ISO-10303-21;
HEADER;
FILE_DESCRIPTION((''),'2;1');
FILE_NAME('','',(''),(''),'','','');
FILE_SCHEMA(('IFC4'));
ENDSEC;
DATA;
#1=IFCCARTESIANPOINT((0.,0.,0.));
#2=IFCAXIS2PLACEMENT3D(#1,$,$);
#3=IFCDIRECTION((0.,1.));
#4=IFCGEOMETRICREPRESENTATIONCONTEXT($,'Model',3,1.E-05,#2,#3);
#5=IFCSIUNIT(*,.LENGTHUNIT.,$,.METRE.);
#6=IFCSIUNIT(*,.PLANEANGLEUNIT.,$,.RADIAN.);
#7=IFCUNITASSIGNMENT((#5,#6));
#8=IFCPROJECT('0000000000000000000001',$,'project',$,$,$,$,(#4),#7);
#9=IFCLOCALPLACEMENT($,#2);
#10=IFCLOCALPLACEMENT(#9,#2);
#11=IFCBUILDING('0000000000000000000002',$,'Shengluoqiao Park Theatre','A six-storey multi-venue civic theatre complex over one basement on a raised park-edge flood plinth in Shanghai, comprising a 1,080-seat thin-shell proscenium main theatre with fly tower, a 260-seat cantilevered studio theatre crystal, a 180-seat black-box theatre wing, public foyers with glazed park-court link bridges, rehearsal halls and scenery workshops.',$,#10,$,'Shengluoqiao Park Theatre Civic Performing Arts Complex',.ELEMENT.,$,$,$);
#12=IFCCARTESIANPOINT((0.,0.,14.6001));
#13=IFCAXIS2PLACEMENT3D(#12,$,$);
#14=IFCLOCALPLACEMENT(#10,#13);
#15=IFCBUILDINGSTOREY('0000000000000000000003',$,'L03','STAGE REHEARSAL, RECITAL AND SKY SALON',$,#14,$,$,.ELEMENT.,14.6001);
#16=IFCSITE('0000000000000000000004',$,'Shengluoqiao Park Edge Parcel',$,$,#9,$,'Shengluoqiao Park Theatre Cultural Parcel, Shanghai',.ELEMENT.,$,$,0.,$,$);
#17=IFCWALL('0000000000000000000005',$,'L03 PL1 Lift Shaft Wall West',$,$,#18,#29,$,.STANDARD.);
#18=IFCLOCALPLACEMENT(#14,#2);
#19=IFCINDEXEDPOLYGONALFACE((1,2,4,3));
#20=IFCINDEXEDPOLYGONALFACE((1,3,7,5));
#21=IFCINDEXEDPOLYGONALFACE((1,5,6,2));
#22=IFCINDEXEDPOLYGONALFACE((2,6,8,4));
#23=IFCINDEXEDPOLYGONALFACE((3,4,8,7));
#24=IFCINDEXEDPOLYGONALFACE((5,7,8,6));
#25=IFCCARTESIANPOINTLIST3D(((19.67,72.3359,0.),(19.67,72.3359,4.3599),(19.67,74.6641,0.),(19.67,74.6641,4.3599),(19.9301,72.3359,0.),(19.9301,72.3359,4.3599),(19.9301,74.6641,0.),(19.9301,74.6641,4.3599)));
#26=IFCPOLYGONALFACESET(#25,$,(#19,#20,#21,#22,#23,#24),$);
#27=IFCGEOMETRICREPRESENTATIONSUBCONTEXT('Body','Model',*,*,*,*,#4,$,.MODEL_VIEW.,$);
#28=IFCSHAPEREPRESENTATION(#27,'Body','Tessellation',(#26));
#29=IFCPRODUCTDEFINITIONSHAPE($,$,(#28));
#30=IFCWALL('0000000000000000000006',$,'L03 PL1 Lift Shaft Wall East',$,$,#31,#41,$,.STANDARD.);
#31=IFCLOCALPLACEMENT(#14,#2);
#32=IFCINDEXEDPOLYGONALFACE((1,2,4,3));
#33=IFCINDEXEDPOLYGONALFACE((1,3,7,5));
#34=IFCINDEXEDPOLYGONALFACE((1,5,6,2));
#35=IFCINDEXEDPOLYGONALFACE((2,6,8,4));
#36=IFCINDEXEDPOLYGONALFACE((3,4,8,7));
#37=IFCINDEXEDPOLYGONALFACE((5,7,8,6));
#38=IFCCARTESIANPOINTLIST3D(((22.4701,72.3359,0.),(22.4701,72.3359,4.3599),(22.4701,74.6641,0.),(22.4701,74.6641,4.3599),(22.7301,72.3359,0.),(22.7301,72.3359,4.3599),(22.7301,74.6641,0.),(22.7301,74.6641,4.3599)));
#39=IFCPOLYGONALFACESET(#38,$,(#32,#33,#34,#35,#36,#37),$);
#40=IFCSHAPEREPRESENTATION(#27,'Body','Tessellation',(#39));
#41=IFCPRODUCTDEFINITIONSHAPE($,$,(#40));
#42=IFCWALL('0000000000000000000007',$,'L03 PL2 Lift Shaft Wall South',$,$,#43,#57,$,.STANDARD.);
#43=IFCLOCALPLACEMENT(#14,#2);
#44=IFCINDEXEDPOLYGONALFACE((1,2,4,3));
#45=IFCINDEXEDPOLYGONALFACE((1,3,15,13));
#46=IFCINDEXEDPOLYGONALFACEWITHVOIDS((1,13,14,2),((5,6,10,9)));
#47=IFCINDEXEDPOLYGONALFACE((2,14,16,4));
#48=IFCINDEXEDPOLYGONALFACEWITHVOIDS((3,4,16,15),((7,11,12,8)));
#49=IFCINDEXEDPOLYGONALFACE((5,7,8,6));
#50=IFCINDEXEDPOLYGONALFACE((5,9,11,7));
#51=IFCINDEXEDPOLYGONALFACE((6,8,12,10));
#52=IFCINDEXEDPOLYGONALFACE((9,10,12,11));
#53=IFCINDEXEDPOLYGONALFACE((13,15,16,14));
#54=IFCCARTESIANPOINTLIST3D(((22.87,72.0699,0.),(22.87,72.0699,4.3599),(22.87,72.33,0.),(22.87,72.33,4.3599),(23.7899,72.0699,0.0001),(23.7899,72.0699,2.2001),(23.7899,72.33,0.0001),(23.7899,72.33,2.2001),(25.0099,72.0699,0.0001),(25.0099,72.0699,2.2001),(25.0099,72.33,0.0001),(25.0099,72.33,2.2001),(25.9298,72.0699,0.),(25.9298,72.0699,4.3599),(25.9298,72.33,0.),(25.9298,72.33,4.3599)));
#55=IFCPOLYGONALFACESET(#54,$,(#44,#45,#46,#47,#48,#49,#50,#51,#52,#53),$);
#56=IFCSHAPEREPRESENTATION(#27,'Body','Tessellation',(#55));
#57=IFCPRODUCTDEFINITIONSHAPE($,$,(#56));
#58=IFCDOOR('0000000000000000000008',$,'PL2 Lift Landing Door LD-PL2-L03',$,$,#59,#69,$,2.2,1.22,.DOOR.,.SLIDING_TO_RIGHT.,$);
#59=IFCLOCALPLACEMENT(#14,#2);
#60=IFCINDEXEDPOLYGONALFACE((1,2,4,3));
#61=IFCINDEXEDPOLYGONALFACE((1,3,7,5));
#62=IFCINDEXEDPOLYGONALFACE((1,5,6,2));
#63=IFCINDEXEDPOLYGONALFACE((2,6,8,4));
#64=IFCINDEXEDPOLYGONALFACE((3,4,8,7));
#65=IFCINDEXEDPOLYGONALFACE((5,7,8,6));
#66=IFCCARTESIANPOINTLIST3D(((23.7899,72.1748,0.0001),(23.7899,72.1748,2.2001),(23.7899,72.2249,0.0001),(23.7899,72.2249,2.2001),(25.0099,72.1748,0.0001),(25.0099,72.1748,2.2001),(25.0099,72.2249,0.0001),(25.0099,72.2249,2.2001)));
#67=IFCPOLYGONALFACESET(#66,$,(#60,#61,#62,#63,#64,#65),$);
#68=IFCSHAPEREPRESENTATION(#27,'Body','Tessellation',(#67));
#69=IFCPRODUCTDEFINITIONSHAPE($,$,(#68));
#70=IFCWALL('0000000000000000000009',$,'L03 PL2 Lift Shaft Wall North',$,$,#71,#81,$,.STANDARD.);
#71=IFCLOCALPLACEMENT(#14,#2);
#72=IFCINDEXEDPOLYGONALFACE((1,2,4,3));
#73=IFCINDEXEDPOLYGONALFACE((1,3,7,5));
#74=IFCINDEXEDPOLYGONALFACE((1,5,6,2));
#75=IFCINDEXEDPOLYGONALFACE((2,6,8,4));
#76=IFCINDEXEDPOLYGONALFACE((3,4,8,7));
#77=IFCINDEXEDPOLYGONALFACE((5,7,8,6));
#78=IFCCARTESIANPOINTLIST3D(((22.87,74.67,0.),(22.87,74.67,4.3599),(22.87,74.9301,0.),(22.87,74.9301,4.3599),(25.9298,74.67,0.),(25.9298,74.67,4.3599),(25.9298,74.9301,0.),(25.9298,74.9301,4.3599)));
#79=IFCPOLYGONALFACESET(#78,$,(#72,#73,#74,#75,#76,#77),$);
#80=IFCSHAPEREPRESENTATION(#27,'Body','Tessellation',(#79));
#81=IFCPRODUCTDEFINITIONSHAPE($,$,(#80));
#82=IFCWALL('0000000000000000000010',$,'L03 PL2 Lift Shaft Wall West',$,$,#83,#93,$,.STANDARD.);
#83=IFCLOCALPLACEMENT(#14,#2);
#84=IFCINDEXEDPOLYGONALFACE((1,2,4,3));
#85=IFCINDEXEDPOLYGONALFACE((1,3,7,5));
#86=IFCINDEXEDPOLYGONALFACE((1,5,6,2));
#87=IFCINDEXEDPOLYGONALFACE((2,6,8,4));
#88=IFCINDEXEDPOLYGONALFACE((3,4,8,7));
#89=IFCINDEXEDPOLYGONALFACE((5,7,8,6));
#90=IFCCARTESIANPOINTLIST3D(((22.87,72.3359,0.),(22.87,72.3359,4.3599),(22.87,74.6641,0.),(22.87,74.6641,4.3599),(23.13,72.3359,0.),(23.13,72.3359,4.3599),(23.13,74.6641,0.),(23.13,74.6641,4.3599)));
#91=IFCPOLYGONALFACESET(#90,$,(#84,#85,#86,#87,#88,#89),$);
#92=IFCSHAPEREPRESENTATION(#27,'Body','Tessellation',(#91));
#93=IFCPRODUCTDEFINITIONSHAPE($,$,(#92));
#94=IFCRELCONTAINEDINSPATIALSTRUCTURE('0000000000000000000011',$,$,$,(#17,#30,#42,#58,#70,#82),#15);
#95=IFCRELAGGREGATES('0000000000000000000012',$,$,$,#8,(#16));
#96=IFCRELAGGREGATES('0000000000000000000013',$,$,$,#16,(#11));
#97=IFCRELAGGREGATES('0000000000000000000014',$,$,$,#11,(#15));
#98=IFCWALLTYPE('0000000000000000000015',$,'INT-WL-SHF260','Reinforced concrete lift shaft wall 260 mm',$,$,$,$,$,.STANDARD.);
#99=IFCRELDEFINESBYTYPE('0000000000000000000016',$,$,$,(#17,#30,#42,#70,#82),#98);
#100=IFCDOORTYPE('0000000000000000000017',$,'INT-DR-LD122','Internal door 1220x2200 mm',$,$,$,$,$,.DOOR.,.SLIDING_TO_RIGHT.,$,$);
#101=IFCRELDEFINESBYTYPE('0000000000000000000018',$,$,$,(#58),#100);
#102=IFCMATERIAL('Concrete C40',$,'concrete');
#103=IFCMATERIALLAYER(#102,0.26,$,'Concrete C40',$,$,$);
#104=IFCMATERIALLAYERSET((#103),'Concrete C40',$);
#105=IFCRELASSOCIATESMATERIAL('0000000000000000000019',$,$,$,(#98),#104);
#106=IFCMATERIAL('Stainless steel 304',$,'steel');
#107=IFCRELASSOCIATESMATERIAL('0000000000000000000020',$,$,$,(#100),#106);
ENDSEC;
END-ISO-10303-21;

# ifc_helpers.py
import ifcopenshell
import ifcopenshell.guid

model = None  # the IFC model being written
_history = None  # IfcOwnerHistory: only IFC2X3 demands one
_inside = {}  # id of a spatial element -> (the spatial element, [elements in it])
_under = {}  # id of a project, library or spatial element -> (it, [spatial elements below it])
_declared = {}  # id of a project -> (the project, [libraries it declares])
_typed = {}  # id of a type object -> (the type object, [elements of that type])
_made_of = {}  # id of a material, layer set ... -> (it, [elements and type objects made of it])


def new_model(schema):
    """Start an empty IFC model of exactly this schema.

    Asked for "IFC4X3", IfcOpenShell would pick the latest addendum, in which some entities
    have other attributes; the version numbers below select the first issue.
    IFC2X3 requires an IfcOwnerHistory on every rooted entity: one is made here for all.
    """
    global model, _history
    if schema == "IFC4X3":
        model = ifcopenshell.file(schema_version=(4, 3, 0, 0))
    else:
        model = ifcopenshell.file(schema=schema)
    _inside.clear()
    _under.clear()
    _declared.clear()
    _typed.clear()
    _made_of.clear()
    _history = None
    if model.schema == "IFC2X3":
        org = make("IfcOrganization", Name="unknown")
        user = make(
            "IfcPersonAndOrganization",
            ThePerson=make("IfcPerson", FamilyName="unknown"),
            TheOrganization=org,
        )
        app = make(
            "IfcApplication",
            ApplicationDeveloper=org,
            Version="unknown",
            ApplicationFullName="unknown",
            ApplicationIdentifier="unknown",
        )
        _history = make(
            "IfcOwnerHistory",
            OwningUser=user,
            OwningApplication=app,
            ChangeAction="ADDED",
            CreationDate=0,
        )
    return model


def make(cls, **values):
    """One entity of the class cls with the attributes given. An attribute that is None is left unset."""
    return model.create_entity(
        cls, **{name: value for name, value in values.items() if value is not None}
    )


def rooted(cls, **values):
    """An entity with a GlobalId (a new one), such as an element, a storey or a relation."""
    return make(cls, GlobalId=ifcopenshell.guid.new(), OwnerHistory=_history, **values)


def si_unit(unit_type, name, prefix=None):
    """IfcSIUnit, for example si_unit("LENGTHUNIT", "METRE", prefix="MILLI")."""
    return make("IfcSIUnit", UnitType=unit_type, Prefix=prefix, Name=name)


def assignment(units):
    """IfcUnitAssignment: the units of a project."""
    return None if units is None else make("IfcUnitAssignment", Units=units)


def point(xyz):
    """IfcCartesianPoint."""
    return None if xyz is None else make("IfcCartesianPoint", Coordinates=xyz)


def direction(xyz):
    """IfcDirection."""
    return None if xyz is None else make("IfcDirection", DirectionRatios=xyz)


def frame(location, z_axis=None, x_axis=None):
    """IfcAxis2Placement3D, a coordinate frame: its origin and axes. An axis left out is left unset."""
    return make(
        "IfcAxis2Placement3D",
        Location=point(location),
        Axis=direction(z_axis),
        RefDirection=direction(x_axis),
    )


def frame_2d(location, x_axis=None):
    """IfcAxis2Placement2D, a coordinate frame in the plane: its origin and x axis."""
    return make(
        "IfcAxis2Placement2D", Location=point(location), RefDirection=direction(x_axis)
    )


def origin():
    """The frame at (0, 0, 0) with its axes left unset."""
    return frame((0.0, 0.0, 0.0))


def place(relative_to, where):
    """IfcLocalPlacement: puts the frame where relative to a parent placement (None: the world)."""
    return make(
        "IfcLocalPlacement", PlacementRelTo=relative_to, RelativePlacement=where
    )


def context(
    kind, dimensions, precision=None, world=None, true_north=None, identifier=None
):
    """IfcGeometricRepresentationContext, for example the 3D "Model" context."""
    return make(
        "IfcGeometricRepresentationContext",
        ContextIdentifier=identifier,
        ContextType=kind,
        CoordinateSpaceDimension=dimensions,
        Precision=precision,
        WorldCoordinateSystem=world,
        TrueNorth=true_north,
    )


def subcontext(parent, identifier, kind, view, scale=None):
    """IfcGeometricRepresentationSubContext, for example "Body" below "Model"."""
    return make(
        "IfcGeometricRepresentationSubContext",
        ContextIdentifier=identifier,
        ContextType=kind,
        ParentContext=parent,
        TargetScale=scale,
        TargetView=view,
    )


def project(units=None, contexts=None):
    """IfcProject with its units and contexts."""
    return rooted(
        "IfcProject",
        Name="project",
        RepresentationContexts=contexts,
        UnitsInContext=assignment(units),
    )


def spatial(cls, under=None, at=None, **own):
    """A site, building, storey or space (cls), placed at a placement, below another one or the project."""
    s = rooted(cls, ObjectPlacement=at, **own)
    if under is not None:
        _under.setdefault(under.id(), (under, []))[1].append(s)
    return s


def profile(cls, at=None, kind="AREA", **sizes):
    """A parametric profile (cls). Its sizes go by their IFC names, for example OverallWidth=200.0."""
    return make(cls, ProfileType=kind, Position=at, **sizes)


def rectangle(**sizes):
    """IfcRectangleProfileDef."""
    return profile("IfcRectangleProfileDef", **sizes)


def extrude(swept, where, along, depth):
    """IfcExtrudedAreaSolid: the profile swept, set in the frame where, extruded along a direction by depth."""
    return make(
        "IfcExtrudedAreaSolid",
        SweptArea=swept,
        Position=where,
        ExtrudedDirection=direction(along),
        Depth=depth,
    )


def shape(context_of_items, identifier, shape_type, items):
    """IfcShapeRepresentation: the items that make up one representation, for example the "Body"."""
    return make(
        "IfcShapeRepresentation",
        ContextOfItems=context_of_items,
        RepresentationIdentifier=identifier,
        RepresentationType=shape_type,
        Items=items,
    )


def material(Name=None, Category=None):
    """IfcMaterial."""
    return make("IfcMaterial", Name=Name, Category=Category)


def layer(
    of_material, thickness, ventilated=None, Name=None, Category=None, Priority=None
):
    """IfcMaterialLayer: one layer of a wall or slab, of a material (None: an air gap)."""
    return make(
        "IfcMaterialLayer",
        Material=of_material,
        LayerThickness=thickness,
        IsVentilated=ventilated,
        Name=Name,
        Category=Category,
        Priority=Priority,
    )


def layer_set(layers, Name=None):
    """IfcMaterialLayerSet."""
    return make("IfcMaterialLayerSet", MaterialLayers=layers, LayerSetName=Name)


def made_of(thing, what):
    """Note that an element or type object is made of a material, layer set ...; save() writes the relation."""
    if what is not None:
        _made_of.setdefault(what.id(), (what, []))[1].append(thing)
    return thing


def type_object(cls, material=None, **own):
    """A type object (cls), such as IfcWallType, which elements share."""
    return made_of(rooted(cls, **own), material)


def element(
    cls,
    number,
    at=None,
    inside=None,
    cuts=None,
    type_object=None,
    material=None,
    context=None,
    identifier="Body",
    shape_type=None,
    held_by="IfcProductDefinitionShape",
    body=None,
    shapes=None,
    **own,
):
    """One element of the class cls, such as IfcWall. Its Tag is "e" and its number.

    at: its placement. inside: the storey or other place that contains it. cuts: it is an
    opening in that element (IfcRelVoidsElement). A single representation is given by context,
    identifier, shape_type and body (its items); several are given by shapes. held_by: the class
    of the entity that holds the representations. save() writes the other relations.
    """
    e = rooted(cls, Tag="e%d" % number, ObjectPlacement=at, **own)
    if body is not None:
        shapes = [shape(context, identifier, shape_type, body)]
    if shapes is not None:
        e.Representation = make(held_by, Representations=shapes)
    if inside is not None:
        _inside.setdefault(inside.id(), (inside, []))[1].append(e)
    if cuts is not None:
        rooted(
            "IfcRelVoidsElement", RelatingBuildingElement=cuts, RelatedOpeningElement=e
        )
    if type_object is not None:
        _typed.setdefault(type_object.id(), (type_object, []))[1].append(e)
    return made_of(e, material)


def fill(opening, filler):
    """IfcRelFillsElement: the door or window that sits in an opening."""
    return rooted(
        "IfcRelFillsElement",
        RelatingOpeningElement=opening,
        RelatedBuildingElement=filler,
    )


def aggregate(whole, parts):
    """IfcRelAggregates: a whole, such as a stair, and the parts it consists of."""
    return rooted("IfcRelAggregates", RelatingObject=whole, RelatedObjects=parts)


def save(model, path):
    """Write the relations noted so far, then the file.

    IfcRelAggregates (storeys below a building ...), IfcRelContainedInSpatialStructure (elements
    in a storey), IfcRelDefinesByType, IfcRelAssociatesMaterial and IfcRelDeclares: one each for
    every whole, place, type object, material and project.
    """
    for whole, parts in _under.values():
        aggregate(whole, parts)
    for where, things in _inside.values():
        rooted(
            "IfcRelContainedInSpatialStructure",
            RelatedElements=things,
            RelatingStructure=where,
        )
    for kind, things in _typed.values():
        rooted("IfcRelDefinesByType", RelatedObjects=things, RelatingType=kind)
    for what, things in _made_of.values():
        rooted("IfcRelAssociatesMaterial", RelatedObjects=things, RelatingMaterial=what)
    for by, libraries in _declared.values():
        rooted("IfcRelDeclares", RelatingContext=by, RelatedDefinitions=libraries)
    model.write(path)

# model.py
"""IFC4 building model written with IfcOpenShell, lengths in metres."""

from ifc_helpers import new_model, si_unit, direction, frame, frame_2d, origin, place, context, subcontext, project, spatial, rectangle, extrude, material, layer, layer_set, type_object, element, fill, save


model = new_model("IFC4")

# Units and contexts
model_context = context("Model", 3, precision=1e-05, world=origin(), true_north=direction((0.0, 1.0)))
body_context = subcontext(model_context, "Body", "Model", "MODEL_VIEW")
ifc_project = project(units=[si_unit("LENGTHUNIT", "METRE"), si_unit("PLANEANGLEUNIT", "RADIAN")], contexts=[model_context])

# Site, building, storey
site_placement = place(None, origin())
site = spatial("IfcSite", under=ifc_project, at=site_placement, Name="Shengluoqiao Park Edge Parcel", LongName="Shengluoqiao Park Theatre Cultural Parcel, Shanghai", CompositionType="ELEMENT", RefElevation=0.0)
building_placement = place(site_placement, origin())
building = spatial("IfcBuilding", under=site, at=building_placement, Name="Shengluoqiao Park Theatre", Description="A six-storey multi-venue civic theatre complex over one basement on a raised park-edge flood plinth in Shanghai, comprising a 1,080-seat thin-shell proscenium main theatre with fly tower, a 260-seat cantilevered studio theatre crystal, a 180-seat black-box theatre wing, public foyers with glazed park-court link bridges, rehearsal halls and scenery workshops.", LongName="Shengluoqiao Park Theatre Civic Performing Arts Complex", CompositionType="ELEMENT")
storey_placement = place(building_placement, frame((0.0, 0.0, 14.6001)))
storey = spatial("IfcBuildingStorey", under=building, at=storey_placement, Name="L03", Description="STAGE REHEARSAL, RECITAL AND SKY SALON", CompositionType="ELEMENT", Elevation=14.6001)

# Shared definitions
ifc_material_1 = material(Name="Concrete C40", Category="concrete")
ifc_layer_1 = layer(ifc_material_1, 0.26, Name="Concrete C40")
ifc_layer_set_1 = layer_set([ifc_layer_1], Name="Concrete C40")
wall_type_1 = type_object("IfcWallType", Name="INT-WL-SHF260", Description="Reinforced concrete lift shaft wall 260 mm", PredefinedType="STANDARD", material=ifc_layer_set_1)
ifc_material_2 = material(Name="Stainless steel 304", Category="steel")

# Walls
for number, where, z_axis, x_axis, name in (
    (1, (19.8, 72.3359, 0.0), (0.0, 0.0, 1.0), (0.0, 1.0, 0.0), "L03 PL1 Lift Shaft Wall West"),
    (2, (22.6001, 72.3359, 0.0), (0.0, 0.0, 1.0), (0.0, 1.0, 0.0), "L03 PL1 Lift Shaft Wall East"),
):
    element("IfcWall", number, at=place(storey_placement, frame(where, z_axis=z_axis, x_axis=x_axis)), inside=storey, type_object=wall_type_1, Name=name, PredefinedType="STANDARD", context=body_context, shape_type="SweptSolid", body=[
        extrude(rectangle(XDim=2.3281, YDim=0.26, at=frame_2d((1.1641, 0.0))), origin(), (0.0, 0.0, 1.0), 4.3599),
    ])

# Wall, opening, door
wall_1_placement = place(storey_placement, frame((22.8701, 72.2, 0.0), z_axis=(0.0, 0.0, 1.0), x_axis=(1.0, 0.0, 0.0)))
wall_1 = element("IfcWall", 3, at=wall_1_placement, inside=storey, type_object=wall_type_1, Name="L03 PL2 Lift Shaft Wall South", PredefinedType="STANDARD", context=body_context, shape_type="SweptSolid", body=[
    extrude(rectangle(XDim=3.0598, YDim=0.26, at=frame_2d((1.5298, 0.0))), origin(), (0.0, 0.0, 1.0), 4.3599),
])
opening_1_placement = place(wall_1_placement, frame((0.9199, 0.0, 0.0)))
opening_1 = element("IfcOpeningElement", 4, at=opening_1_placement, cuts=wall_1, PredefinedType="OPENING", context=body_context, shape_type="SweptSolid", body=[
    extrude(rectangle(XDim=1.22, YDim=2.2, at=frame_2d((0.6099, 1.1001))), frame((0.0, 0.1399, 0.0), z_axis=(0.0, -1.0, 0.0), x_axis=(1.0, 0.0, 0.0)), (0.0, 0.0, 1.0), 0.28),
])
door_type_1 = type_object("IfcDoorType", Name="INT-DR-LD122", Description="Internal door 1220x2200 mm", OperationType="SLIDING_TO_RIGHT", PredefinedType="DOOR", material=ifc_material_2)
door_1_placement = place(opening_1_placement, origin())
door_1 = element("IfcDoor", 5, at=door_1_placement, inside=storey, type_object=door_type_1, Name="PL2 Lift Landing Door LD-PL2-L03", OperationType="SLIDING_TO_RIGHT", OverallHeight=2.2, OverallWidth=1.22, PredefinedType="DOOR", context=body_context, shape_type="SweptSolid", body=[
    extrude(rectangle(XDim=1.22, YDim=2.2, at=frame_2d((0.6099, 1.1001))), frame((0.0, 0.0249, 0.0), z_axis=(0.0, -1.0, 0.0), x_axis=(1.0, 0.0, 0.0)), (0.0, 0.0, 1.0), 0.05),
])
fill(opening_1, door_1)

# Walls
wall_2_placement = place(storey_placement, frame((22.8701, 74.8, 0.0), z_axis=(0.0, 0.0, 1.0), x_axis=(1.0, 0.0, 0.0)))
element("IfcWall", 6, at=wall_2_placement, inside=storey, type_object=wall_type_1, Name="L03 PL2 Lift Shaft Wall North", PredefinedType="STANDARD", context=body_context, shape_type="SweptSolid", body=[
    extrude(rectangle(XDim=3.0598, YDim=0.26, at=frame_2d((1.5298, 0.0))), origin(), (0.0, 0.0, 1.0), 4.3599),
])
wall_3_placement = place(storey_placement, frame((23.0, 72.3359, 0.0), z_axis=(0.0, 0.0, 1.0), x_axis=(0.0, 1.0, 0.0)))
element("IfcWall", 7, at=wall_3_placement, inside=storey, type_object=wall_type_1, Name="L03 PL2 Lift Shaft Wall West", PredefinedType="STANDARD", context=body_context, shape_type="SweptSolid", body=[
    extrude(rectangle(XDim=2.3281, YDim=0.26, at=frame_2d((1.1641, 0.0))), origin(), (0.0, 0.0, 1.0), 4.3599),
])

save(model, "model.ifc")
